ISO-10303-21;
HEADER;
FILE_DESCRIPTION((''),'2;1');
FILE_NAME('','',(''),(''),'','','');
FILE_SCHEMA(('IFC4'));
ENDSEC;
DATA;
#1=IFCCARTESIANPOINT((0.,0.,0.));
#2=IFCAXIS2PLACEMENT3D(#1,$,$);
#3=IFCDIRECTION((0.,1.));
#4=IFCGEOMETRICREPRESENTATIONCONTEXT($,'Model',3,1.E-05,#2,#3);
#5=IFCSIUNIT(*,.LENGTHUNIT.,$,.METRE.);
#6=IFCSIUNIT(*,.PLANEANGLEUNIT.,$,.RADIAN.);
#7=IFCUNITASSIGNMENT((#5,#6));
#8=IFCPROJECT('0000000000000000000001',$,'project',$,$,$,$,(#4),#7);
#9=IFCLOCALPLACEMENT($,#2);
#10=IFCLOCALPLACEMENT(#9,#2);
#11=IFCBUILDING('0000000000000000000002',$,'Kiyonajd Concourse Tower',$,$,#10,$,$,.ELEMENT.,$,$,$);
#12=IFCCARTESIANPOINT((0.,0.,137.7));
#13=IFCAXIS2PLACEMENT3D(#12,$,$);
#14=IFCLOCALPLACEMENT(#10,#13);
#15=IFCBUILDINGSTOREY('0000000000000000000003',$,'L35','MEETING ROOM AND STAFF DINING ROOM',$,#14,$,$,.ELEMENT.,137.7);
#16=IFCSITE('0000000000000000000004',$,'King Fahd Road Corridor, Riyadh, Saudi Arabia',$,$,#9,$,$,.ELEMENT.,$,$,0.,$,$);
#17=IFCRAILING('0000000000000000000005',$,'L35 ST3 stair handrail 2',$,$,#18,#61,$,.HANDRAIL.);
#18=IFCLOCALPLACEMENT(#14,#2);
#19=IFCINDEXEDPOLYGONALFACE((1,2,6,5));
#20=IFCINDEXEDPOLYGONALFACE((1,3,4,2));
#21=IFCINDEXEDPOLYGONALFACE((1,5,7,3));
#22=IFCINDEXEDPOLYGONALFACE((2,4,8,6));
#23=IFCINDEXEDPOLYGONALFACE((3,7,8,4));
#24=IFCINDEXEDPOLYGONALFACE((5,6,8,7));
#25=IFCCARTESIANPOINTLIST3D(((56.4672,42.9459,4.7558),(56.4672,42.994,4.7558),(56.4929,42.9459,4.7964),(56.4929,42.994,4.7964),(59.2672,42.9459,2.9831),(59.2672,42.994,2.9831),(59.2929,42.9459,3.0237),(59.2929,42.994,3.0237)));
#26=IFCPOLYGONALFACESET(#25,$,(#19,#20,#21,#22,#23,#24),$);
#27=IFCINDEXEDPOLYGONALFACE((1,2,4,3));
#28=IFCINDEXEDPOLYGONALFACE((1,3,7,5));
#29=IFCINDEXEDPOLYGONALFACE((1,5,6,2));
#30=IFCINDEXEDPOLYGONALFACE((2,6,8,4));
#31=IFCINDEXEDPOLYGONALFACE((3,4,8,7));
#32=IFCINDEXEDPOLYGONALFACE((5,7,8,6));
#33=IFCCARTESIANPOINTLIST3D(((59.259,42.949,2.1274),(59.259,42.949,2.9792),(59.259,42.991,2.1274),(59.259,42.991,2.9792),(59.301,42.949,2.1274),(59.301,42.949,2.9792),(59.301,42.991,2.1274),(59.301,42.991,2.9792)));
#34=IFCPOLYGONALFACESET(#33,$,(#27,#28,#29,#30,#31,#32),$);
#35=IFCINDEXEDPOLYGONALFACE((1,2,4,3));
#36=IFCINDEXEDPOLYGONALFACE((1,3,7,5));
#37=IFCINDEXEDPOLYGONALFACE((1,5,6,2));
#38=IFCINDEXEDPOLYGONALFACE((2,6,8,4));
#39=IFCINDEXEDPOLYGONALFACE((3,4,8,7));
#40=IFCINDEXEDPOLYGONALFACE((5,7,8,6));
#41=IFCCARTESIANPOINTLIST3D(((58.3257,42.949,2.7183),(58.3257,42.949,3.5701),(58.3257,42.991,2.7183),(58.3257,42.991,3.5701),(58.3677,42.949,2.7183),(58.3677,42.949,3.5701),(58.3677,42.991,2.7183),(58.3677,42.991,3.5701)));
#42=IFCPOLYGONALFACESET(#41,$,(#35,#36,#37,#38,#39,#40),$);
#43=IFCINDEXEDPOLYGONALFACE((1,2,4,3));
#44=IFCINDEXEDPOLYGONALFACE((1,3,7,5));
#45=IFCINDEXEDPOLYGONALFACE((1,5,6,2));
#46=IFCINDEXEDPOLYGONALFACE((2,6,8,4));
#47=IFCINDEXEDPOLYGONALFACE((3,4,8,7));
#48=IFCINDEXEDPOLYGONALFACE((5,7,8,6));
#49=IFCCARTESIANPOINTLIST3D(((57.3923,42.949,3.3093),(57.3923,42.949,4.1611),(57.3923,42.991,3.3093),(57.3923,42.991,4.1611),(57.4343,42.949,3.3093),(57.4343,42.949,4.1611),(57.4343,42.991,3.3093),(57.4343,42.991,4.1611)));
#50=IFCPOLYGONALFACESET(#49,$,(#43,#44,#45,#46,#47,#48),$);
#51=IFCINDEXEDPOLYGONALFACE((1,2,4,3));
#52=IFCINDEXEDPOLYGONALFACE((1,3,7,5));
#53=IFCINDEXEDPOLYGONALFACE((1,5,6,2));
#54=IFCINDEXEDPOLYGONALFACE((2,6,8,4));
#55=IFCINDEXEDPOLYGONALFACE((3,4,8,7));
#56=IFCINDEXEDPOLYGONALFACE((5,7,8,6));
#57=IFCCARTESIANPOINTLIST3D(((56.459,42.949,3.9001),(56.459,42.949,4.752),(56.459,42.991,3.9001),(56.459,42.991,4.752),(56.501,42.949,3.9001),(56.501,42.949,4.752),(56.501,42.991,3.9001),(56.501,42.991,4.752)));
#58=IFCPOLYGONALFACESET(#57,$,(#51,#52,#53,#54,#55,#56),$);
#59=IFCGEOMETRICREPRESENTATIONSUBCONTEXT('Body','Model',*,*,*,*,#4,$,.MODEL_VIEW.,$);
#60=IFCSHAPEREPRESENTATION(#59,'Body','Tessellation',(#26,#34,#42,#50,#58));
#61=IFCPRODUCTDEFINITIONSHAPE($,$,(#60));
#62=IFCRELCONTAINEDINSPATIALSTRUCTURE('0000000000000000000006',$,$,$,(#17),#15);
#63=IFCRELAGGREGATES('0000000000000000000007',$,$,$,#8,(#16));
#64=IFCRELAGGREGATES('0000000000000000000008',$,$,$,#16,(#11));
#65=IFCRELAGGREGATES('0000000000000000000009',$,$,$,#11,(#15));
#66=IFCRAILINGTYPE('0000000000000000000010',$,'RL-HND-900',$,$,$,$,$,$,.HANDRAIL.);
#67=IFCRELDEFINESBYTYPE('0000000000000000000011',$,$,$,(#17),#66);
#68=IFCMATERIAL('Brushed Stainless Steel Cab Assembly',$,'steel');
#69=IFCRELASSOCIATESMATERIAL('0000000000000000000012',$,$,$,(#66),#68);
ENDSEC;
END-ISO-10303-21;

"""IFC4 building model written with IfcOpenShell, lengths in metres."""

from ifc_helpers import new_model, si_unit, direction, frame, origin, origin_2d, place, context, subcontext, project, spatial, rectangle, extrude, material, type_object, element, save


model = new_model("IFC4")

# Units and contexts
model_context = context("Model", 3, precision=1e-05, world=origin(), true_north=direction((0.0, 1.0)))
body_context = subcontext(model_context, "Body", "Model", "MODEL_VIEW")
ifc_project = project(units=[si_unit("LENGTHUNIT", "METRE"), si_unit("PLANEANGLEUNIT", "RADIAN")], contexts=[model_context])

# Site, building, storey
site_placement = place(None, origin())
site = spatial("IfcSite", under=ifc_project, at=site_placement, Name="King Fahd Road Corridor, Riyadh, Saudi Arabia", CompositionType="ELEMENT", RefElevation=0.0)
building_placement = place(site_placement, origin())
building = spatial("IfcBuilding", under=site, at=building_placement, Name="Kiyonajd Concourse Tower", CompositionType="ELEMENT")
storey_placement = place(building_placement, frame((0.0, 0.0, 137.7)))
storey = spatial("IfcBuildingStorey", under=building, at=storey_placement, Name="L35", Description="MEETING ROOM AND STAFF DINING ROOM", CompositionType="ELEMENT", Elevation=137.7)

# Railing
ifc_material_1 = material(Name="Brushed Stainless Steel Cab Assembly", Category="steel")
railing_type = type_object("IfcRailingType", Name="RL-HND-900", PredefinedType="HANDRAIL", material=ifc_material_1)
railing_placement = place(storey_placement, frame((59.28, 42.97, 2.1274)))
element("IfcRailing", 1, at=railing_placement, inside=storey, type_object=railing_type, Name="L35 ST3 stair handrail 2", PredefinedType="HANDRAIL", context=body_context, shape_type="SweptSolid", body=[
    extrude(rectangle(XDim=0.0481, YDim=0.0481, at=origin_2d()), frame((0.0, 0.0, 0.876), z_axis=(-0.844909, 0.0, 0.53491), x_axis=(0.0, -1.0, 0.0)), (0.0, 0.0, 1.0), 3.314),
    extrude(rectangle(XDim=0.042, YDim=0.042, at=origin_2d()), origin(), (0.0, 0.0, 1.0), 0.8518),
    extrude(rectangle(XDim=0.042, YDim=0.042, at=origin_2d()), frame((-0.9333, 0.0, 0.5908)), (0.0, 0.0, 1.0), 0.8518),
    extrude(rectangle(XDim=0.042, YDim=0.042, at=origin_2d()), frame((-1.8667, 0.0, 1.1819)), (0.0, 0.0, 1.0), 0.8518),
    extrude(rectangle(XDim=0.042, YDim=0.042, at=origin_2d()), frame((-2.8, 0.0, 1.7727)), (0.0, 0.0, 1.0), 0.8518),
])

save(model, "model.ifc")
